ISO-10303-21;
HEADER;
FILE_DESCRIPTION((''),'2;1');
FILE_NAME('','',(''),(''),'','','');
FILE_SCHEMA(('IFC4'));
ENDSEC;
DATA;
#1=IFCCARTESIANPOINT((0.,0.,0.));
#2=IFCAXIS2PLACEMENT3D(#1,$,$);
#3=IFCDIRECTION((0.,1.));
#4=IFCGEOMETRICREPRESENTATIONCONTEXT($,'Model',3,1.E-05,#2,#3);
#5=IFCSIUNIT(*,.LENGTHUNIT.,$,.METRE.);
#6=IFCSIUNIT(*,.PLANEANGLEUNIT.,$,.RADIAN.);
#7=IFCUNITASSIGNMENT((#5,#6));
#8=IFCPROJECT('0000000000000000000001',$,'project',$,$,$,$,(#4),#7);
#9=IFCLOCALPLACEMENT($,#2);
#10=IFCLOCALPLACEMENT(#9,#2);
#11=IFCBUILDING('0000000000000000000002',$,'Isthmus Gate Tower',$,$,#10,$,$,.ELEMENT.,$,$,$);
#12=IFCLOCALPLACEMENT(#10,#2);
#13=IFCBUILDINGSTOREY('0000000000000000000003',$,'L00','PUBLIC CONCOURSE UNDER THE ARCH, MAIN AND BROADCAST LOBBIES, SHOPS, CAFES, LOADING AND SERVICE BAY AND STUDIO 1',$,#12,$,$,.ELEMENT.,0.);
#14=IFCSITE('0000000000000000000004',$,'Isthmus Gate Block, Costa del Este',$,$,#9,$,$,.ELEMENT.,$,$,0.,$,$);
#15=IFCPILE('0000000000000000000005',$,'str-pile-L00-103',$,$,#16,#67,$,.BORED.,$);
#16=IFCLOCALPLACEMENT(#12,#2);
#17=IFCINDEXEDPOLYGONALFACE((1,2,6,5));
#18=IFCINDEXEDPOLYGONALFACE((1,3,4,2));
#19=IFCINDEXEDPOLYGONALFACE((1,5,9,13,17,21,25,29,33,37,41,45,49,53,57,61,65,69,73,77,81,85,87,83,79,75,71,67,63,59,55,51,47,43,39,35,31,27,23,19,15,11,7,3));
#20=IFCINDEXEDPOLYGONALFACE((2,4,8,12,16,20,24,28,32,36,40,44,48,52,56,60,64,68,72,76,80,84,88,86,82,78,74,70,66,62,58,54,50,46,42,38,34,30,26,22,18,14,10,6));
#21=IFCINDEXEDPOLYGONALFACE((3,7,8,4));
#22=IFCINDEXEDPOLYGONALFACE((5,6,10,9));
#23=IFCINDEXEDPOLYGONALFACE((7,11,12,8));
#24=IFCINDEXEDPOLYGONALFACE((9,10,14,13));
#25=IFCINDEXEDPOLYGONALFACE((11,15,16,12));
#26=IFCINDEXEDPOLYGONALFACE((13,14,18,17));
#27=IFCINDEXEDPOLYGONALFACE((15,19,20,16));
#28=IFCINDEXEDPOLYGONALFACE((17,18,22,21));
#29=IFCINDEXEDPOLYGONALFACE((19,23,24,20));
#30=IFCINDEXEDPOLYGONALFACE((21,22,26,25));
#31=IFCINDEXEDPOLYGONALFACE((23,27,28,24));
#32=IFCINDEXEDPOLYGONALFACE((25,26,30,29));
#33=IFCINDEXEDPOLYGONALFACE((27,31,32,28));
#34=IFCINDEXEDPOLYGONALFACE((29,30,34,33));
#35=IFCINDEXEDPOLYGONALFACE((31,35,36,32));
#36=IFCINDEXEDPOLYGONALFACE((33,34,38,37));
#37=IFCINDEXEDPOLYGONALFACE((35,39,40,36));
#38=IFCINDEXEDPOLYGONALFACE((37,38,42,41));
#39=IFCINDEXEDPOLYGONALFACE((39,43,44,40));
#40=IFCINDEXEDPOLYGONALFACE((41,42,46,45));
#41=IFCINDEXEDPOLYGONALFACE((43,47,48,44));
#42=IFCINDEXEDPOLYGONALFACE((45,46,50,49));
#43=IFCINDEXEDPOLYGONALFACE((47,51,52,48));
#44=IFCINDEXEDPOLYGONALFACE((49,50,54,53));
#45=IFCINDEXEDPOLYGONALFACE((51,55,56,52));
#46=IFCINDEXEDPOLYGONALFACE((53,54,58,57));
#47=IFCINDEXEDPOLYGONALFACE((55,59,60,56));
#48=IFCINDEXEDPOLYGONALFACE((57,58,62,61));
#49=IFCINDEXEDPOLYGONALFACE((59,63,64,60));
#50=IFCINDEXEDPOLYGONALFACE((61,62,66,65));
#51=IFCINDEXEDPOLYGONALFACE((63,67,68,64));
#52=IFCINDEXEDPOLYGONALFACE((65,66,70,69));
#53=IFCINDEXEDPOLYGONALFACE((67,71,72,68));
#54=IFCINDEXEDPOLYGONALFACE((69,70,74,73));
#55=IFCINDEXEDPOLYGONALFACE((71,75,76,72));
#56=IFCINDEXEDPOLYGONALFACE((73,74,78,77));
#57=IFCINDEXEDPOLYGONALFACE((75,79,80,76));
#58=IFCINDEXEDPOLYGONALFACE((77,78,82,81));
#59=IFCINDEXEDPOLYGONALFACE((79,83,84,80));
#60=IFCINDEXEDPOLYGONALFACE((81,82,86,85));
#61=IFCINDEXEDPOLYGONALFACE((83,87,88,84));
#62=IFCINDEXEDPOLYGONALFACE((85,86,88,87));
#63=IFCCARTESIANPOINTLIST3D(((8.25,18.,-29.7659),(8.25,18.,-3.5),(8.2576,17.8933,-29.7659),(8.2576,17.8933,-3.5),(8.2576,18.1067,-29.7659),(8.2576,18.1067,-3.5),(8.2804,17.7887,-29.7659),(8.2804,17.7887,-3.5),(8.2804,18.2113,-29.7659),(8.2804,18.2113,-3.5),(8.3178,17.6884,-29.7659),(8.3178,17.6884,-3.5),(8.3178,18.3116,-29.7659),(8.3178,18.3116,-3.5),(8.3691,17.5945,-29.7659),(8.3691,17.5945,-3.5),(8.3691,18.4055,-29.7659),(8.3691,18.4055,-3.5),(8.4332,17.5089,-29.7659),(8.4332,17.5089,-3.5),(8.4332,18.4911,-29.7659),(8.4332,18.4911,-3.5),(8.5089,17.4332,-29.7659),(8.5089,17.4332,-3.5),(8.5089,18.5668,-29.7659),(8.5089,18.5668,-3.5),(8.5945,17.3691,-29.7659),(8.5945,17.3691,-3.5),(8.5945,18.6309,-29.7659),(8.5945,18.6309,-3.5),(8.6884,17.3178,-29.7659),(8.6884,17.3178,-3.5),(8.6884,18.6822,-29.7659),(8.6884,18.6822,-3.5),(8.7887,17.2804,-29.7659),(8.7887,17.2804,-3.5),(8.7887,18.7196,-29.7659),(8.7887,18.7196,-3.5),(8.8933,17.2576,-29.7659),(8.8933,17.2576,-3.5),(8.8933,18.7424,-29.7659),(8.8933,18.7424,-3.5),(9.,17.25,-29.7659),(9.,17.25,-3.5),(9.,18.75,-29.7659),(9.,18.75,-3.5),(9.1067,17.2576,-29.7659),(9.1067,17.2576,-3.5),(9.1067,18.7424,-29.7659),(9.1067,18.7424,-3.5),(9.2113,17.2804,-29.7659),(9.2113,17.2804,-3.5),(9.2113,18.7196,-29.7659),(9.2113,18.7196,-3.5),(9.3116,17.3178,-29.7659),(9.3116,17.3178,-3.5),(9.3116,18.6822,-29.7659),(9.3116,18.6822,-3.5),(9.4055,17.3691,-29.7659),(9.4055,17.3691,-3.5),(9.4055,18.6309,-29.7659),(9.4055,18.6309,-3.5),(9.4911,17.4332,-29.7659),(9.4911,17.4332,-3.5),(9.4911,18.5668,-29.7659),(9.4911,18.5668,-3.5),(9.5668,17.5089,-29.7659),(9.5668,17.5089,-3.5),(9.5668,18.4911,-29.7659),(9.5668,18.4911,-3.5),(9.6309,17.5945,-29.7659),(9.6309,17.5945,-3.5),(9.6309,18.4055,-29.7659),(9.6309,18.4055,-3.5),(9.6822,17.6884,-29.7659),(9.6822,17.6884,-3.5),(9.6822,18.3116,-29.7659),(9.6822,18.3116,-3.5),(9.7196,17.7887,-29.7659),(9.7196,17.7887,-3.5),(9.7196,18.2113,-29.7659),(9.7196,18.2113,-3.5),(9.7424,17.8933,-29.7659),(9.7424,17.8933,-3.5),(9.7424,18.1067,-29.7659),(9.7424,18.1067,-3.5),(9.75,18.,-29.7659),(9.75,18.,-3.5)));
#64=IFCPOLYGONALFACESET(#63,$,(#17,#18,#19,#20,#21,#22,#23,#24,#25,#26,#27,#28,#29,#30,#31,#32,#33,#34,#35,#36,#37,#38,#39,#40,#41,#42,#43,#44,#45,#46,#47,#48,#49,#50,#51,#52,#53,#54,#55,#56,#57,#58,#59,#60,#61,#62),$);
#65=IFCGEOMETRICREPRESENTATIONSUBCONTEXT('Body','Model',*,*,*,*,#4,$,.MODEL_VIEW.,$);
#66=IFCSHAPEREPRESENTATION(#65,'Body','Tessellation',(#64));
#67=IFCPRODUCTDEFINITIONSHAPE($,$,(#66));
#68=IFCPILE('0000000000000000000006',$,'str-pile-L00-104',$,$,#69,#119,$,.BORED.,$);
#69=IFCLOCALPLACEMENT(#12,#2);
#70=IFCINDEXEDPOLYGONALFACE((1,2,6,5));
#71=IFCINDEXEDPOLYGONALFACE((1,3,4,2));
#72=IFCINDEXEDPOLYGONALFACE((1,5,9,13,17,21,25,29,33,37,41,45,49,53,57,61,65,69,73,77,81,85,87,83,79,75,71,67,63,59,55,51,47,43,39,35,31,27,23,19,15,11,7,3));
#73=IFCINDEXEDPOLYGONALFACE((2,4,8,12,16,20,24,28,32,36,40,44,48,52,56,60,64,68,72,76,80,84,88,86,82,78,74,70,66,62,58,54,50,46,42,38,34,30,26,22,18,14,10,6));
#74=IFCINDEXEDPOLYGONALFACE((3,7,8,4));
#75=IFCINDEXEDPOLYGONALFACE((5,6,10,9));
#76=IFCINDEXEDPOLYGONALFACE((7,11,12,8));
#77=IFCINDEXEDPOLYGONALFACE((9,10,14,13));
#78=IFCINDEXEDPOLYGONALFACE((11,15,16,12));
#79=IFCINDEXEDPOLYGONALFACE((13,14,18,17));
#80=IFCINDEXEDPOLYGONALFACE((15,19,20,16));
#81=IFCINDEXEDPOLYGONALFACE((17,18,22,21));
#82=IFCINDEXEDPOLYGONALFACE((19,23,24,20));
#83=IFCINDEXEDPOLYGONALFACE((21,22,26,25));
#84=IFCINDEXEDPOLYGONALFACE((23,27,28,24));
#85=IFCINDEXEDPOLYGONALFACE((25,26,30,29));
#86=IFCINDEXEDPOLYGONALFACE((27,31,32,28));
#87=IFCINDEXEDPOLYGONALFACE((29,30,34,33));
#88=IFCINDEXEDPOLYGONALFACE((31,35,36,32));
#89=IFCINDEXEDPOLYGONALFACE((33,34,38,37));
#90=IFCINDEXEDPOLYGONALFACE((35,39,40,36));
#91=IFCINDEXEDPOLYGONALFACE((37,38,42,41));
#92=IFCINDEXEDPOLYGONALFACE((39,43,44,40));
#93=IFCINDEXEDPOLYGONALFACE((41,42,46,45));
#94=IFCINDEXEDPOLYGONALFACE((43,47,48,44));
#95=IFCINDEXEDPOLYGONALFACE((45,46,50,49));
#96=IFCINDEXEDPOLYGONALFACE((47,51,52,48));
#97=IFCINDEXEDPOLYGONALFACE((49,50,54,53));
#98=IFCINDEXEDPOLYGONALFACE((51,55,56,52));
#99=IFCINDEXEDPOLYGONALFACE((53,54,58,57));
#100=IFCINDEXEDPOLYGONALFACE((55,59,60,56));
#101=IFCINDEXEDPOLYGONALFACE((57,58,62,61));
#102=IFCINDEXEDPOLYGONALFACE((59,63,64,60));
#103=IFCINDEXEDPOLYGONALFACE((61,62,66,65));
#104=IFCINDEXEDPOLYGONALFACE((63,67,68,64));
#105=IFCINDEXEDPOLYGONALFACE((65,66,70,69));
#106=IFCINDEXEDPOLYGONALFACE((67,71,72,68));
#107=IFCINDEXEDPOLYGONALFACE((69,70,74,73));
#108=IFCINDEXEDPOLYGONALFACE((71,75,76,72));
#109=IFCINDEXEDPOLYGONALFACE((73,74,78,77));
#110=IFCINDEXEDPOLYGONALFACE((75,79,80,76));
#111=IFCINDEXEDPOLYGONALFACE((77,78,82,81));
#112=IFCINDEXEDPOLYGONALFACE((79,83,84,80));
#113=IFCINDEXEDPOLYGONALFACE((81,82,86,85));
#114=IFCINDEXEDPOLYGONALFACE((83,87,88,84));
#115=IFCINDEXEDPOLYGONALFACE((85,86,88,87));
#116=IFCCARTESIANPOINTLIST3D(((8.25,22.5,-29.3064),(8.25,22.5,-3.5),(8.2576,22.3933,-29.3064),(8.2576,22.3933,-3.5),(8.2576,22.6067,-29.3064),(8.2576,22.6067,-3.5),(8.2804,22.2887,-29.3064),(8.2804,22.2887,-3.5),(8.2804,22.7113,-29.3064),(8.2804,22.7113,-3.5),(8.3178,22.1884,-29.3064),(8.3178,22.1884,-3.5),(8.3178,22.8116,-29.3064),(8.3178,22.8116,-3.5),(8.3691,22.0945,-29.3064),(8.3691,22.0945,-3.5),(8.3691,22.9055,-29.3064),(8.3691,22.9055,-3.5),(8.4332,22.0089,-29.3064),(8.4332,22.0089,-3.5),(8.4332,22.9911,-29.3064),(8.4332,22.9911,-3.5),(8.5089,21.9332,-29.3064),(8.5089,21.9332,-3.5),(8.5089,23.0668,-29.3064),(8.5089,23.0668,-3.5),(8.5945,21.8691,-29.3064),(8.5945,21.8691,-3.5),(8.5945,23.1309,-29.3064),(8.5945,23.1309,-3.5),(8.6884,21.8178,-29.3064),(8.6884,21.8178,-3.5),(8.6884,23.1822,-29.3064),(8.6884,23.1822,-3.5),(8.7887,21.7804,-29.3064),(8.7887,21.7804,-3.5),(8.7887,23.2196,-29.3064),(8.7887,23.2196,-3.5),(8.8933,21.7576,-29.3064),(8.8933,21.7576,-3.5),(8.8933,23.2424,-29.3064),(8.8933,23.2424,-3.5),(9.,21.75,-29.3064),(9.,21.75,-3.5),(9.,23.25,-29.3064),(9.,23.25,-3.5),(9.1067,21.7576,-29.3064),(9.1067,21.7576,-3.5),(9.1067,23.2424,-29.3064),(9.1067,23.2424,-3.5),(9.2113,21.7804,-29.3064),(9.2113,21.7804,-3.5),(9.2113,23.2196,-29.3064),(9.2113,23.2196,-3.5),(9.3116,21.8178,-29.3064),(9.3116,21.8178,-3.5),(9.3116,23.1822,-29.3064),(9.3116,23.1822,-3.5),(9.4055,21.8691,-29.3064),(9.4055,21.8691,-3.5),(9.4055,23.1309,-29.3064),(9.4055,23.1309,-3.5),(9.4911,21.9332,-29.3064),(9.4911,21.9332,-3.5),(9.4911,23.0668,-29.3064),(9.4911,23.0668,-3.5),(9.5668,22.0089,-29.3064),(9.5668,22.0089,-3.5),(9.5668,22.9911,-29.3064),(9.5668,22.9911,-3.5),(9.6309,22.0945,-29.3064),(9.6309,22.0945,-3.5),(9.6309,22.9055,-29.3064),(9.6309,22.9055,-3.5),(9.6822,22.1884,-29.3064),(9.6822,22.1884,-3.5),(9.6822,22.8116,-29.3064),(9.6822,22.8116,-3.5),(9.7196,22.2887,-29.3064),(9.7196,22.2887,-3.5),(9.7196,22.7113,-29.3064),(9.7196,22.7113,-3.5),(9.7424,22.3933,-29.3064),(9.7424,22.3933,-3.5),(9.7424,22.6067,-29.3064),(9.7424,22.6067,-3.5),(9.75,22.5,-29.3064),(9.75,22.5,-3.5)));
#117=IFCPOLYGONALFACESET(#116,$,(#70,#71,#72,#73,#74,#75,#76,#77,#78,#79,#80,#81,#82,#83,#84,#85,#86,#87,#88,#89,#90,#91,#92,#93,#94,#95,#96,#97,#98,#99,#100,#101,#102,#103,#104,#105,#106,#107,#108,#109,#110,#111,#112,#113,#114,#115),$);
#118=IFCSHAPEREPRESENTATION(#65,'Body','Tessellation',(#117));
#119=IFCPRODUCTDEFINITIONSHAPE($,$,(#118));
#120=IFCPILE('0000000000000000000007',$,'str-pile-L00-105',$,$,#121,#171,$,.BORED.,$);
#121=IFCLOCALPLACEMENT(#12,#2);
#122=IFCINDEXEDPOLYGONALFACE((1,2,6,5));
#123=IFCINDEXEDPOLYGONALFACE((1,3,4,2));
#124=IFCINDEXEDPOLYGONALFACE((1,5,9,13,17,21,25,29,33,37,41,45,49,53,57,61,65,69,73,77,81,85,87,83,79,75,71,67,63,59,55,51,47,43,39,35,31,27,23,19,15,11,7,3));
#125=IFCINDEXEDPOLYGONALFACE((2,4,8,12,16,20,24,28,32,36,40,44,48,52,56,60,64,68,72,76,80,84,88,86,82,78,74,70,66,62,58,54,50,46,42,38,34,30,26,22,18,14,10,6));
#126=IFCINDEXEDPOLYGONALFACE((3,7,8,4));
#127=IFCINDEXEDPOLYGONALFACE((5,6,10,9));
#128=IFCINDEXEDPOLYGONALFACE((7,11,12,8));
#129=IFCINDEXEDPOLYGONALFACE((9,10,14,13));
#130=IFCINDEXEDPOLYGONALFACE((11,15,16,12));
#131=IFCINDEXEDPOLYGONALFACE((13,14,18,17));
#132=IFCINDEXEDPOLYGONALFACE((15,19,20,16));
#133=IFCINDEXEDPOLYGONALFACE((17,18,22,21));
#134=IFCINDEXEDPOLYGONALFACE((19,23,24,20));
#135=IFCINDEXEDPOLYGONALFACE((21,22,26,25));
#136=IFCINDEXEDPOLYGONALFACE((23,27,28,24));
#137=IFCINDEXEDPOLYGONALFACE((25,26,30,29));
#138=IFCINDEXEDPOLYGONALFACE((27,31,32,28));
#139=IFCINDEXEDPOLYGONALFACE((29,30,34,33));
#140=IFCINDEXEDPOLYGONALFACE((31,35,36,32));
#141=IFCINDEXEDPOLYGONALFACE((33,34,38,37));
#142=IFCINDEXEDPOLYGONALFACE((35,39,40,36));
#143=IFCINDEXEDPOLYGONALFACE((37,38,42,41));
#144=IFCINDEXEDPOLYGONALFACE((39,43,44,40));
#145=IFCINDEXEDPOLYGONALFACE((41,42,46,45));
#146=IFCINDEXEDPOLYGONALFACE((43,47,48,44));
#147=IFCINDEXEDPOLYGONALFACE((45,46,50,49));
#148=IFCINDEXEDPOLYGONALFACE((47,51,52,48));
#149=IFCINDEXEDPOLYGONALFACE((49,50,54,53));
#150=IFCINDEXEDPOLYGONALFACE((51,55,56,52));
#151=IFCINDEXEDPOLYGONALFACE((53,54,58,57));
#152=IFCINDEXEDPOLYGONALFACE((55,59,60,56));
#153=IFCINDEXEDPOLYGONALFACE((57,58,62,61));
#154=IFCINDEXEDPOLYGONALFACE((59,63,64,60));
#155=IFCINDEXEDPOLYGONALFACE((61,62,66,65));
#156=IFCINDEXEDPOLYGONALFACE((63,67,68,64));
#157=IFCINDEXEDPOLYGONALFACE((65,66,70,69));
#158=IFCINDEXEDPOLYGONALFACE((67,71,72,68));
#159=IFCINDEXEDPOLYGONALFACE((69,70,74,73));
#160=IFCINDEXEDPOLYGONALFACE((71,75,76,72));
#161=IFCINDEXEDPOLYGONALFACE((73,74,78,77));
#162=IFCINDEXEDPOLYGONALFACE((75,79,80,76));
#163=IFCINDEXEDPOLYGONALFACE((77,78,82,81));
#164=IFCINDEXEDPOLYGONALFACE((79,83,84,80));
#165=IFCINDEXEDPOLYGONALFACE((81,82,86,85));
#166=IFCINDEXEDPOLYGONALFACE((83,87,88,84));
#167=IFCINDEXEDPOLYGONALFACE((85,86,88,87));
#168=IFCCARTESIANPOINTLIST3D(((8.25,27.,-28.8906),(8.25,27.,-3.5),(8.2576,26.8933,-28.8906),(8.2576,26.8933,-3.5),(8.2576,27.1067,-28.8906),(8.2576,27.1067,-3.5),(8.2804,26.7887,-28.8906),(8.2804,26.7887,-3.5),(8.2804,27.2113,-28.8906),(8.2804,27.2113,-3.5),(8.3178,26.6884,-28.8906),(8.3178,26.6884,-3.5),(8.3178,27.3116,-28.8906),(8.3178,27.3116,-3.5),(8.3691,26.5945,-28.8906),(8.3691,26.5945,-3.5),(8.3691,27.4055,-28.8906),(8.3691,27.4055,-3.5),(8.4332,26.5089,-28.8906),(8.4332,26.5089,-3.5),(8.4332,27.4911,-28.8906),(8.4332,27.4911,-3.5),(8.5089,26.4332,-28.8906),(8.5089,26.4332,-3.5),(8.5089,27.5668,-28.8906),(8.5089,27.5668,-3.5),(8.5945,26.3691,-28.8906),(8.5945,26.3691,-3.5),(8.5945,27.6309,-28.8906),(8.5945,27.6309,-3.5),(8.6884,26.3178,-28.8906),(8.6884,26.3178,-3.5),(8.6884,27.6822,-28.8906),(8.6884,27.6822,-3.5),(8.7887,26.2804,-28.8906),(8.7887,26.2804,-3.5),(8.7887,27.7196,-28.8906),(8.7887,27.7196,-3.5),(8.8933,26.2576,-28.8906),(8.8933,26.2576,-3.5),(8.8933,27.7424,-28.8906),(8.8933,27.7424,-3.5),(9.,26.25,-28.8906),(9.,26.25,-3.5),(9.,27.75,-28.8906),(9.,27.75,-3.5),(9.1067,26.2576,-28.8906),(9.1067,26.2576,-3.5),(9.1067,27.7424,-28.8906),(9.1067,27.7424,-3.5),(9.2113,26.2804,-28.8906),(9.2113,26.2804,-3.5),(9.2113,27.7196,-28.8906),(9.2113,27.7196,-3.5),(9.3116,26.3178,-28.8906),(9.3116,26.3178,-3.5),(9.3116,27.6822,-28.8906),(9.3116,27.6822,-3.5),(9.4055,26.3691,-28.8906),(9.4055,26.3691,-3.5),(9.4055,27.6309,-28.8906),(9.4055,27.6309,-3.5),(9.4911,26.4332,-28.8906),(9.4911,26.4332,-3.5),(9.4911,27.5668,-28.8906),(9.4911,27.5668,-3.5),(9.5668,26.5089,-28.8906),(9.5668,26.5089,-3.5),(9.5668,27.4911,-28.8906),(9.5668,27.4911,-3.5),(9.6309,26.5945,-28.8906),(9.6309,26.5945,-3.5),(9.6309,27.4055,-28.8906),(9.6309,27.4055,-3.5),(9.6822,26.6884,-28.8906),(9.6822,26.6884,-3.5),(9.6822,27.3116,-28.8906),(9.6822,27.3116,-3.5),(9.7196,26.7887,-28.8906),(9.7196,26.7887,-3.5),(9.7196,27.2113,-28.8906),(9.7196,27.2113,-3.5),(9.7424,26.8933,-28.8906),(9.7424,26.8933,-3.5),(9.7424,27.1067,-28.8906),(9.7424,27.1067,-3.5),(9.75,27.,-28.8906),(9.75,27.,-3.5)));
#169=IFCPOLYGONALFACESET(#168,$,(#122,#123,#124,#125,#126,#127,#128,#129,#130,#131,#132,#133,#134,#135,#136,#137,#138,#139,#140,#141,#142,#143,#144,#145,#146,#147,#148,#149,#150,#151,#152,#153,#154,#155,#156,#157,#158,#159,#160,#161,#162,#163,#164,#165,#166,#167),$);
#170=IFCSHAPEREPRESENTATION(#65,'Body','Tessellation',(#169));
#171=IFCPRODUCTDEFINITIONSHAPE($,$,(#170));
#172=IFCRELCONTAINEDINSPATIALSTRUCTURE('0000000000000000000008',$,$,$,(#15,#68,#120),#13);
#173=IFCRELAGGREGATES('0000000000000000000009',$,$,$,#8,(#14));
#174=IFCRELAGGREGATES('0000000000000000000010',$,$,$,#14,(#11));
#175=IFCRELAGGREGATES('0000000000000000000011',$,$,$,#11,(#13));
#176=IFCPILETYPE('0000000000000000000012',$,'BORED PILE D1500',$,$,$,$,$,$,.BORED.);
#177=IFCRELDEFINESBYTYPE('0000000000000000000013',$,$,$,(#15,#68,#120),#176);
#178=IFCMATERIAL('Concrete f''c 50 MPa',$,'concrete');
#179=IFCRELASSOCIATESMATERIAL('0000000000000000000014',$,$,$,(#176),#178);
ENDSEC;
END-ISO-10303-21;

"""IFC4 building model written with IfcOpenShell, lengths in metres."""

from ifc_helpers import new_model, si_unit, direction, frame, origin, origin_2d, place, context, subcontext, project, spatial, circle, extrude, material, material_profile, profile_set, type_object, element, save


model = new_model("IFC4")

# Units and contexts
model_context = context("Model", 3, precision=1e-05, world=origin(), true_north=direction((0.0, 1.0)))
body_context = subcontext(model_context, "Body", "Model", "MODEL_VIEW")
ifc_project = project(units=[si_unit("LENGTHUNIT", "METRE"), si_unit("PLANEANGLEUNIT", "RADIAN")], contexts=[model_context])

# Site, building, storey
site_placement = place(None, origin())
site = spatial("IfcSite", under=ifc_project, at=site_placement, Name="Isthmus Gate Block, Costa del Este", CompositionType="ELEMENT", RefElevation=0.0)
building_placement = place(site_placement, origin())
building = spatial("IfcBuilding", under=site, at=building_placement, Name="Isthmus Gate Tower", CompositionType="ELEMENT")
storey_placement = place(building_placement, origin())
storey = spatial("IfcBuildingStorey", under=building, at=storey_placement, Name="L00", Description="PUBLIC CONCOURSE UNDER THE ARCH, MAIN AND BROADCAST LOBBIES, SHOPS, CAFES, LOADING AND SERVICE BAY AND STUDIO 1", CompositionType="ELEMENT", Elevation=0.0)

# Piles
ifc_material_1 = material(Name="Concrete f'c 50 MPa", Category="concrete")
ifc_material_profile_1 = material_profile(ifc_material_1, circle(Radius=0.75, at=origin_2d()), Name="D1500")
ifc_profile_set_1 = profile_set([ifc_material_profile_1], Name="Concrete f'c 50 MPa")
pile_type_1 = type_object("IfcPileType", Name="BORED PILE D1500", PredefinedType="BORED", material=ifc_profile_set_1)
pile_1_placement = place(storey_placement, frame((9.0, 18.0, -3.5), z_axis=(0.0, 0.0, -1.0), x_axis=(1.0, 0.0, 0.0)))
element("IfcPile", 1, at=pile_1_placement, inside=storey, type_object=pile_type_1, Name="str-pile-L00-103", PredefinedType="BORED", context=body_context, shape_type="SweptSolid", body=[
    extrude(circle(Radius=0.75, at=origin_2d()), origin(), (0.0, 0.0, 1.0), 26.2659),
])
pile_2_placement = place(storey_placement, frame((9.0, 22.5, -3.5), z_axis=(0.0, 0.0, -1.0), x_axis=(1.0, 0.0, 0.0)))
element("IfcPile", 2, at=pile_2_placement, inside=storey, type_object=pile_type_1, Name="str-pile-L00-104", PredefinedType="BORED", context=body_context, shape_type="SweptSolid", body=[
    extrude(circle(Radius=0.75, at=origin_2d()), origin(), (0.0, 0.0, 1.0), 25.8064),
])
pile_3_placement = place(storey_placement, frame((9.0, 27.0, -3.5), z_axis=(0.0, 0.0, -1.0), x_axis=(1.0, 0.0, 0.0)))
element("IfcPile", 3, at=pile_3_placement, inside=storey, type_object=pile_type_1, Name="str-pile-L00-105", PredefinedType="BORED", context=body_context, shape_type="SweptSolid", body=[
    extrude(circle(Radius=0.75, at=origin_2d()), origin(), (0.0, 0.0, 1.0), 25.3906),
])

save(model, "model.ifc")
